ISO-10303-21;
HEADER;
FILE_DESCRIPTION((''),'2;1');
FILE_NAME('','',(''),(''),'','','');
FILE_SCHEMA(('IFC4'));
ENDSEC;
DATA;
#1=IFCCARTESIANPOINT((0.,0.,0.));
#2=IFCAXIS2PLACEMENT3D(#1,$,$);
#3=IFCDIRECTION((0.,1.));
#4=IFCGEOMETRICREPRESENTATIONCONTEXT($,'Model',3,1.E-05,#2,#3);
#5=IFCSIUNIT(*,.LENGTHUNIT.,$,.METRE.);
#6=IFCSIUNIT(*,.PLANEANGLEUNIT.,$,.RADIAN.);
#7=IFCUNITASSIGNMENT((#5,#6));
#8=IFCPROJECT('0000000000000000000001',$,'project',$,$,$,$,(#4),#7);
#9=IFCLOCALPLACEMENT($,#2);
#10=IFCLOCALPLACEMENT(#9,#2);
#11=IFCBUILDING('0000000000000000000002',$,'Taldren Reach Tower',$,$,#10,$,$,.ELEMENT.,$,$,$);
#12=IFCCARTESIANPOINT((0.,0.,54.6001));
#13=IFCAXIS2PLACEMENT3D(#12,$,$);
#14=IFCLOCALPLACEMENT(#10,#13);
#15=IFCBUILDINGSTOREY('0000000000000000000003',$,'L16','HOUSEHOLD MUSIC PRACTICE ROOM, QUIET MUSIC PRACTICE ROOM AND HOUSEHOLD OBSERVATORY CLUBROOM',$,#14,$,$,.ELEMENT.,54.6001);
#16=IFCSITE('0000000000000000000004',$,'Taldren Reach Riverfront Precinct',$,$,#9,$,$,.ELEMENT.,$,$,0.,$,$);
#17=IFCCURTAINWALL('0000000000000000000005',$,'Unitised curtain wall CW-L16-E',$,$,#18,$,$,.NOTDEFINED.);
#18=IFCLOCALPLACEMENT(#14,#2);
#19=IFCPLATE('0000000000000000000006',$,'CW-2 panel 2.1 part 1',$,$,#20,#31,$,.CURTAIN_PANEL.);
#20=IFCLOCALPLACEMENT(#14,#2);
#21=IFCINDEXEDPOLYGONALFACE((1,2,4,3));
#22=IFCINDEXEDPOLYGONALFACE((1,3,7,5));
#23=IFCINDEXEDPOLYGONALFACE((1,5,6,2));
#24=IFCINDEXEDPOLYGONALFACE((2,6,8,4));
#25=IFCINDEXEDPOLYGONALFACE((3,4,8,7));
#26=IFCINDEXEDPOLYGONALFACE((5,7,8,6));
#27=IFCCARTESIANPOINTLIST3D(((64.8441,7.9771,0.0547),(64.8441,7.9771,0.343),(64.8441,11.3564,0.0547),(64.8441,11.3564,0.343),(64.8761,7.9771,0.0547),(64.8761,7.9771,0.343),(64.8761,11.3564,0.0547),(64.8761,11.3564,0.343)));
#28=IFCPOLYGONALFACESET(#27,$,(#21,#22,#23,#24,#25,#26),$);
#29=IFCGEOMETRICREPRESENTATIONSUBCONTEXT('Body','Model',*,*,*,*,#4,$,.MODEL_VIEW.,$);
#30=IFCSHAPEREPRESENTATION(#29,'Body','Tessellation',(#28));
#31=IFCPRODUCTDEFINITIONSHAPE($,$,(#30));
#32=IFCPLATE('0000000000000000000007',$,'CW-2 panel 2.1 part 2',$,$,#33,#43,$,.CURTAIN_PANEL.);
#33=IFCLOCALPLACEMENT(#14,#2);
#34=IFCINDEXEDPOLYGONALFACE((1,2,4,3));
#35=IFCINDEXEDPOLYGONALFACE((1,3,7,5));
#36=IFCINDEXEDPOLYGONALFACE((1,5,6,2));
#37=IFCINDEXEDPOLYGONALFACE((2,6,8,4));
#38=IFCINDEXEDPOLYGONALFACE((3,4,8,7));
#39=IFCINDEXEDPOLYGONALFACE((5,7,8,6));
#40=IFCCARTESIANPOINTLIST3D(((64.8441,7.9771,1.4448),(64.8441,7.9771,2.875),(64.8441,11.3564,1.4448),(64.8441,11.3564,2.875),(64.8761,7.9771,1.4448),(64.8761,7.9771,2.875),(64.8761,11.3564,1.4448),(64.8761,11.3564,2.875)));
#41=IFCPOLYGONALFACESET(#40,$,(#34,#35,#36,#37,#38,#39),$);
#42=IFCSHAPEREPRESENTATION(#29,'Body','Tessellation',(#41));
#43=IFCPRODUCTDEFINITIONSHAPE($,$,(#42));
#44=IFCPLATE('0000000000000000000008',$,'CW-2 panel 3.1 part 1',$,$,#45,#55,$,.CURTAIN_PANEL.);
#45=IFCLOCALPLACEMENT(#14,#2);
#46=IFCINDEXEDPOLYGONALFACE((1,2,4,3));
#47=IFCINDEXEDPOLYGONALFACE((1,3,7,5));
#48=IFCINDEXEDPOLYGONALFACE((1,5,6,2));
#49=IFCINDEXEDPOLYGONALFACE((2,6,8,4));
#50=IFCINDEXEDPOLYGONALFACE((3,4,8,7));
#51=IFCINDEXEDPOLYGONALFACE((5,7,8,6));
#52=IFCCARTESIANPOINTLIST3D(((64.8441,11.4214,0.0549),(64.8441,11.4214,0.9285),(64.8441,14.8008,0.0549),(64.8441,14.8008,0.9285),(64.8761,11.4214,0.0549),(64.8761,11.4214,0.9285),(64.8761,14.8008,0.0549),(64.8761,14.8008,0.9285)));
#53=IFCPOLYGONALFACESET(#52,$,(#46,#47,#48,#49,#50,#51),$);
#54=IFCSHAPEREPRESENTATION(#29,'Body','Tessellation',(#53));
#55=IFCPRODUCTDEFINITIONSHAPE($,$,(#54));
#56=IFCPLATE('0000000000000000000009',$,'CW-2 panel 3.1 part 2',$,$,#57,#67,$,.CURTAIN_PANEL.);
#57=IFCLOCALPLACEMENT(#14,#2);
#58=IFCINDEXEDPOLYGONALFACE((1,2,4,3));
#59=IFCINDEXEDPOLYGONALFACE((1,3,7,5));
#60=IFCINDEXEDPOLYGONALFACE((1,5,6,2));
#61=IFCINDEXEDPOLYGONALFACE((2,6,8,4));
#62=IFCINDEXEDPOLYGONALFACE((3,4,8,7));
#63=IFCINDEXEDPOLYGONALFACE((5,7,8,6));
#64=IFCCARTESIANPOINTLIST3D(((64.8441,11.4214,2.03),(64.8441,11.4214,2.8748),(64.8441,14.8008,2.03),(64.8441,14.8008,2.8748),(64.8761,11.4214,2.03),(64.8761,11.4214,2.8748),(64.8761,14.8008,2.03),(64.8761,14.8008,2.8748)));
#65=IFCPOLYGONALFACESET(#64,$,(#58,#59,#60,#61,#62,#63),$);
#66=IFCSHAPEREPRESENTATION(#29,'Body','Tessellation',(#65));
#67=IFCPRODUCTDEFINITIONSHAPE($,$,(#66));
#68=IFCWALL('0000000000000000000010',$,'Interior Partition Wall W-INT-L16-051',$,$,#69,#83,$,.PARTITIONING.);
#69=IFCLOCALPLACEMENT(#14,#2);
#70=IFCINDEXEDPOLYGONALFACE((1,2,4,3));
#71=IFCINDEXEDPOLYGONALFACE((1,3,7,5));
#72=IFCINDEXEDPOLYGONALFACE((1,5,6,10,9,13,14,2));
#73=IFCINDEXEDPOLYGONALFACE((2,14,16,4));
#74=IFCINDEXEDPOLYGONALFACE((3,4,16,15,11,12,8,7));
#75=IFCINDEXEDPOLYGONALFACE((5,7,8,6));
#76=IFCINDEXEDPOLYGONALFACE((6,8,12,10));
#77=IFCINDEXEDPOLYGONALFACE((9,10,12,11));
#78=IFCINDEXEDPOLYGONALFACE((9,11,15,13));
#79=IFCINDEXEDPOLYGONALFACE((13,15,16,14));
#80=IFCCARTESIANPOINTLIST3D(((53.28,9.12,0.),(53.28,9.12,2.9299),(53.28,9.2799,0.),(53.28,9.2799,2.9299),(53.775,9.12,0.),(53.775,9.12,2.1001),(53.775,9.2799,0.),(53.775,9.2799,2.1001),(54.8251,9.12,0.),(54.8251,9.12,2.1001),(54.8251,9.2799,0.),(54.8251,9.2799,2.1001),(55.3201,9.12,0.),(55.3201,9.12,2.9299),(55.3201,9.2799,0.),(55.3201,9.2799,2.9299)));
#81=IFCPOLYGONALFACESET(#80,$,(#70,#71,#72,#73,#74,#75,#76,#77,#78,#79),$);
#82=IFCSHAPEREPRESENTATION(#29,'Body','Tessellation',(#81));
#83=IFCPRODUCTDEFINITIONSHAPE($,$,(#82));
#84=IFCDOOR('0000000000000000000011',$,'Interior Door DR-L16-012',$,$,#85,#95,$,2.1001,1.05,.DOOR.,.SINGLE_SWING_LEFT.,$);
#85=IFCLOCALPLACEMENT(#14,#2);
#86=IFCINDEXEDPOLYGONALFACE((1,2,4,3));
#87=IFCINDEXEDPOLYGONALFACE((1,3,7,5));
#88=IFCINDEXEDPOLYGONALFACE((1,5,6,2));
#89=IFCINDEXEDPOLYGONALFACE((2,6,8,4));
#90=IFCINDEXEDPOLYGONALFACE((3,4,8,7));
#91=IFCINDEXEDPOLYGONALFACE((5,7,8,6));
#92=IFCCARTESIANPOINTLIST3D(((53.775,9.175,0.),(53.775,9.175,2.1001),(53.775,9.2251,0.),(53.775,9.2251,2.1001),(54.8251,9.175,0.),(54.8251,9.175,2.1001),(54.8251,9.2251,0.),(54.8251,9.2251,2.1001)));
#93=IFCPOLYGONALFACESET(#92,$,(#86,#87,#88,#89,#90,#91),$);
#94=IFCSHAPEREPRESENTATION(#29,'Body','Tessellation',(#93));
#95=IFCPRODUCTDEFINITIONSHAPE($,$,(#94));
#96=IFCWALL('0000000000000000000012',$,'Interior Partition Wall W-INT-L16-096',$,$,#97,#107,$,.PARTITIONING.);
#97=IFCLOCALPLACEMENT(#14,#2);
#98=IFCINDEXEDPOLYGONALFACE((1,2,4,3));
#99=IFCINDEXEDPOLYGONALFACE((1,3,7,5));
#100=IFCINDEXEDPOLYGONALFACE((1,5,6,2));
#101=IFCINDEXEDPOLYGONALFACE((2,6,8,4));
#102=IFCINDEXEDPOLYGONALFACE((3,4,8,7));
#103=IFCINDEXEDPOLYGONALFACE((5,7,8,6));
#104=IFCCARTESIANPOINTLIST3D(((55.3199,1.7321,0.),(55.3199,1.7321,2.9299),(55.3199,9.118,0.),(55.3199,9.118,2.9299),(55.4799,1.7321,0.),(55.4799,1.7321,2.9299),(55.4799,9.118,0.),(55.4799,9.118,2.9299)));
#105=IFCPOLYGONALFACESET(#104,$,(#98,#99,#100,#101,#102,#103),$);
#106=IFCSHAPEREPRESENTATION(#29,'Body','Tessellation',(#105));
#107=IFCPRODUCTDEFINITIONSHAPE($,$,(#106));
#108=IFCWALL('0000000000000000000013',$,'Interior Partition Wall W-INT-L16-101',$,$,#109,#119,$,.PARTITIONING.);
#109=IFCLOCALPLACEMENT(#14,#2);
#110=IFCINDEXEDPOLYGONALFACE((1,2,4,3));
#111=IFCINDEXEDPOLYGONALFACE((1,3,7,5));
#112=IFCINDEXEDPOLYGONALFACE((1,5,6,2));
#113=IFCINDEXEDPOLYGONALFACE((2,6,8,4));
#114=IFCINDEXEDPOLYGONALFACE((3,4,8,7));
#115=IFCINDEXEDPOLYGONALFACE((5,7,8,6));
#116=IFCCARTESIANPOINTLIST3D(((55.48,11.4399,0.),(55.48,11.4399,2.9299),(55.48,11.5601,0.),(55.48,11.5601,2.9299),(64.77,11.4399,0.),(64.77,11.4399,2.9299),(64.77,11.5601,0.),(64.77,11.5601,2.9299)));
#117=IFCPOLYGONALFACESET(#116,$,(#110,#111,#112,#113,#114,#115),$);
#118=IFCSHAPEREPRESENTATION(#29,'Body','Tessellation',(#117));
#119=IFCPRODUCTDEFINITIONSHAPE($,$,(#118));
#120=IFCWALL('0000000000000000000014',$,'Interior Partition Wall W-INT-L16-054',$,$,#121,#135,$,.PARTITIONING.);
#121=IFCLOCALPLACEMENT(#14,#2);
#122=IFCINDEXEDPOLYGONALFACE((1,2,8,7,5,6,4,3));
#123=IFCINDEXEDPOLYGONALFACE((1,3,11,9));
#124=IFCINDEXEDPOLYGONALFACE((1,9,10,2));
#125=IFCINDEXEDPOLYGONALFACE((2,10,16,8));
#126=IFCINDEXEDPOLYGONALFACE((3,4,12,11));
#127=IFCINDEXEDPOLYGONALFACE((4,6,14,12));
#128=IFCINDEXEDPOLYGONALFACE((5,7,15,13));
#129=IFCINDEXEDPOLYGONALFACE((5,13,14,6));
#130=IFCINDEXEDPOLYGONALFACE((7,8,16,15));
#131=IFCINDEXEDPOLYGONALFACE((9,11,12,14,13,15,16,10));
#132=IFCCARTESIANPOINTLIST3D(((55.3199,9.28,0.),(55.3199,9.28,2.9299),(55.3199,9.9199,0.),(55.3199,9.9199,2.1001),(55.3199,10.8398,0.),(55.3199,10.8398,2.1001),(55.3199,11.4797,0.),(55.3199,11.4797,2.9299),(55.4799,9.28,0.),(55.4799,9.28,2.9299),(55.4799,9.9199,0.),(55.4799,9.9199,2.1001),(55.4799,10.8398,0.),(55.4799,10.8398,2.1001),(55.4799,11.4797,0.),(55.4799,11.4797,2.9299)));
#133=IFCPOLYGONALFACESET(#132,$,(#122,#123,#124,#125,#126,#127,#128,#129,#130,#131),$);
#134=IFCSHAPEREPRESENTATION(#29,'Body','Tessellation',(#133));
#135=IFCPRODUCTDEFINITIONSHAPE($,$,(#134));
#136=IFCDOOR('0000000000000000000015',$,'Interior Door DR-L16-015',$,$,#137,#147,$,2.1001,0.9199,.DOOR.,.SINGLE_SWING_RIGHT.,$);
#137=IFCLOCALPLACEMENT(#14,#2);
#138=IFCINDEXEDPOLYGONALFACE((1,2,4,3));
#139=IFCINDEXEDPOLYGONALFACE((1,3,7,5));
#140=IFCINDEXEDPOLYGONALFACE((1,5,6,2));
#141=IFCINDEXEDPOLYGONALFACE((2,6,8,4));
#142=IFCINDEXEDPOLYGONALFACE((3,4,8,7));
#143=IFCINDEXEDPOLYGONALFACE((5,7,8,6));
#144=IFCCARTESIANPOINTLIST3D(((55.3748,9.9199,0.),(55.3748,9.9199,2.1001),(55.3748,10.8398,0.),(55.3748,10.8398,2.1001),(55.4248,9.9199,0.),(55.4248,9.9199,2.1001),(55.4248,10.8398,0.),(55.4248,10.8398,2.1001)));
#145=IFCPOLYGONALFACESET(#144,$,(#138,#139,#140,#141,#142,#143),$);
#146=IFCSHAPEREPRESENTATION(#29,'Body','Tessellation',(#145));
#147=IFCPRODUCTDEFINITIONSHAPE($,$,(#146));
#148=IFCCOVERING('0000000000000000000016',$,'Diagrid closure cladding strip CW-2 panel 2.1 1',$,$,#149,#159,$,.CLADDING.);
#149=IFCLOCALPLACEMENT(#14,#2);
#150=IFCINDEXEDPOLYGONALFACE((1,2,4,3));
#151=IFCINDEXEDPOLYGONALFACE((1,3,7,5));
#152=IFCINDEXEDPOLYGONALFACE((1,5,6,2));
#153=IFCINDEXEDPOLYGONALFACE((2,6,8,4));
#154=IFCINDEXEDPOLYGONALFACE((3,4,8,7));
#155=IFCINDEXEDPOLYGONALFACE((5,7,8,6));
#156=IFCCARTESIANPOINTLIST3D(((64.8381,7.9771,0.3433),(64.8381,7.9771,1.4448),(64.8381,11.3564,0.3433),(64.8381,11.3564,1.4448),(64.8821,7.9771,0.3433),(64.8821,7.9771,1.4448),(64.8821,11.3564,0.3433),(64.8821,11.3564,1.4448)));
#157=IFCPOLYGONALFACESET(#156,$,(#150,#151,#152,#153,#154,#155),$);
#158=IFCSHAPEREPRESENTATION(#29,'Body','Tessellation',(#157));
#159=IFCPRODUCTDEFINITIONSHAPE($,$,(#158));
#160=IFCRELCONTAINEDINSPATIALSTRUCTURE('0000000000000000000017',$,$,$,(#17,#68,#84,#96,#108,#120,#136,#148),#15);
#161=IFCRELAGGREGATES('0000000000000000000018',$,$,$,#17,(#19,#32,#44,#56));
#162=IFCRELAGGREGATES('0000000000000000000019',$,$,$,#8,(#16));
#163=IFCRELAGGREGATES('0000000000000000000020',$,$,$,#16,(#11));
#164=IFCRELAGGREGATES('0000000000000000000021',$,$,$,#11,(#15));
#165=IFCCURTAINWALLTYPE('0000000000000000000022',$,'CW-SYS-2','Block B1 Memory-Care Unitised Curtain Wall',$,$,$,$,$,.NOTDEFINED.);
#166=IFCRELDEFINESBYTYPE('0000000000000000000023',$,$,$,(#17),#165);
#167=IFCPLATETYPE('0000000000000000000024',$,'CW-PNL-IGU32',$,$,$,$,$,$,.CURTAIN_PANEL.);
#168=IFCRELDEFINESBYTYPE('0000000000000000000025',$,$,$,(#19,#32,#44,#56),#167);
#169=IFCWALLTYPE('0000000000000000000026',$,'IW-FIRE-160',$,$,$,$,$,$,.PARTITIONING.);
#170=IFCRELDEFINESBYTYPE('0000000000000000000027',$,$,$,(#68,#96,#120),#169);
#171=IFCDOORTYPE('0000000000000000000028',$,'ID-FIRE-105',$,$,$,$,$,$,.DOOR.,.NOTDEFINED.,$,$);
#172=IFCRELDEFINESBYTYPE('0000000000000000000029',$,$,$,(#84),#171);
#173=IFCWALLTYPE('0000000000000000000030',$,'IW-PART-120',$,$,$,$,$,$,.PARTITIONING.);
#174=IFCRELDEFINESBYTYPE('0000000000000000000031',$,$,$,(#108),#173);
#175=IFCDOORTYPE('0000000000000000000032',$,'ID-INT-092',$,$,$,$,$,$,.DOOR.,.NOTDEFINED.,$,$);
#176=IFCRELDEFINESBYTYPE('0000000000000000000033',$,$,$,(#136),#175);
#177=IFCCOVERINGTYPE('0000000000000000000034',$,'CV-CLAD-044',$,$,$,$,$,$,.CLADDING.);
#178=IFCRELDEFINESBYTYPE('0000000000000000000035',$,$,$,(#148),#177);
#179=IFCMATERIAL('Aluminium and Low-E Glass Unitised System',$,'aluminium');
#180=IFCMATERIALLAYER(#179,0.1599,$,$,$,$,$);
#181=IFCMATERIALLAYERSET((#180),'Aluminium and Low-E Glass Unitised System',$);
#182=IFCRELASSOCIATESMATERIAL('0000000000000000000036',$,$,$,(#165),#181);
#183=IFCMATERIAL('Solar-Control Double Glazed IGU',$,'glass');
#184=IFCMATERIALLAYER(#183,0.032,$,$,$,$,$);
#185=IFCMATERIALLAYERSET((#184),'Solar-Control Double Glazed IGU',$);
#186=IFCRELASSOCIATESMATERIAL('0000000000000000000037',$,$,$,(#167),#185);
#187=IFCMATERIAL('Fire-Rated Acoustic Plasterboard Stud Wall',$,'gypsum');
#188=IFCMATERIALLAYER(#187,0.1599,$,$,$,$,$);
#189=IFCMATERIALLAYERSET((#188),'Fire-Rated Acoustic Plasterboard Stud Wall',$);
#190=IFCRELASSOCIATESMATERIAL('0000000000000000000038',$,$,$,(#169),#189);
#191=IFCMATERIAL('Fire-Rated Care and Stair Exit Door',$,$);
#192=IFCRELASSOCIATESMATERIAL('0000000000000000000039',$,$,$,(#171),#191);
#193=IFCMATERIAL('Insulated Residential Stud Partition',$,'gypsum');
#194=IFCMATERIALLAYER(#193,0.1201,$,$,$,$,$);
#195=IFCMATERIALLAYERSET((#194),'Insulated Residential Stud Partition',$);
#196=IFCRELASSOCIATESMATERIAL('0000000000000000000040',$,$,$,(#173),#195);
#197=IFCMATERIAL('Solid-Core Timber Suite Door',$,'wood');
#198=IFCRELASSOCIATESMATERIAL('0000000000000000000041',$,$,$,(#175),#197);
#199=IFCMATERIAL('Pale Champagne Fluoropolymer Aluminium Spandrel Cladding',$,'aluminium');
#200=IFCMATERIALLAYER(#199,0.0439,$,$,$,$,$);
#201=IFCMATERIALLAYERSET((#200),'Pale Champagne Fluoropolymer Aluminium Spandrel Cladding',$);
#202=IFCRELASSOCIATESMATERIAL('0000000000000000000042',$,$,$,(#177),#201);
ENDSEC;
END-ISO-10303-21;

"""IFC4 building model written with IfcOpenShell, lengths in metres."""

from ifc_helpers import new_model, si_unit, direction, frame, frame_2d, origin, origin_2d, place, context, subcontext, project, spatial, rectangle, extrude, source, transform, mapped, material, layer, layer_set, type_object, element, fill, aggregate, save


model = new_model("IFC4")

# Units and contexts
model_context = context("Model", 3, precision=1e-05, world=origin(), true_north=direction((0.0, 1.0)))
body_context = subcontext(model_context, "Body", "Model", "MODEL_VIEW")
ifc_project = project(units=[si_unit("LENGTHUNIT", "METRE"), si_unit("PLANEANGLEUNIT", "RADIAN")], contexts=[model_context])

# Site, building, storey
site_placement = place(None, origin())
site = spatial("IfcSite", under=ifc_project, at=site_placement, Name="Taldren Reach Riverfront Precinct", CompositionType="ELEMENT", RefElevation=0.0)
building_placement = place(site_placement, origin())
building = spatial("IfcBuilding", under=site, at=building_placement, Name="Taldren Reach Tower", CompositionType="ELEMENT")
storey_placement = place(building_placement, frame((0.0, 0.0, 54.6001)))
storey = spatial("IfcBuildingStorey", under=building, at=storey_placement, Name="L16", Description="HOUSEHOLD MUSIC PRACTICE ROOM, QUIET MUSIC PRACTICE ROOM AND HOUSEHOLD OBSERVATORY CLUBROOM", CompositionType="ELEMENT", Elevation=54.6001)

# Curtain wall, plates
ifc_material_1 = material(Name="Aluminium and Low-E Glass Unitised System", Category="aluminium")
ifc_layer_1 = layer(ifc_material_1, 0.1599)
ifc_layer_set_1 = layer_set([ifc_layer_1], Name="Aluminium and Low-E Glass Unitised System")
curtain_wall_type = type_object("IfcCurtainWallType", Name="CW-SYS-2", Description="Block B1 Memory-Care Unitised Curtain Wall", PredefinedType="NOTDEFINED", material=ifc_layer_set_1)
curtain_wall_placement = place(storey_placement, origin())
curtain_wall = element("IfcCurtainWall", 1, at=curtain_wall_placement, inside=storey, type_object=curtain_wall_type, Name="Unitised curtain wall CW-L16-E", PredefinedType="NOTDEFINED")
ifc_material_2 = material(Name="Solar-Control Double Glazed IGU", Category="glass")
ifc_layer_2 = layer(ifc_material_2, 0.032)
ifc_layer_set_2 = layer_set([ifc_layer_2], Name="Solar-Control Double Glazed IGU")
plate_type = type_object("IfcPlateType", Name="CW-PNL-IGU32", PredefinedType="CURTAIN_PANEL", material=ifc_layer_set_2)
shared_shape_1 = source(origin(), body_context, "Body", "SweptSolid", [
    extrude(rectangle(XDim=3.3794, YDim=0.032, at=origin_2d()), origin(), (0.0, 0.0, 1.0), 0.2883),
])
plate_1_placement = place(storey_placement, frame((64.8601, 9.6667, 0.0547), z_axis=(0.0, 0.0, 1.0), x_axis=(0.0, 1.0, 0.0)))
plate_1 = element("IfcPlate", 2, at=plate_1_placement, type_object=plate_type, Name="CW-2 panel 2.1 part 1", PredefinedType="CURTAIN_PANEL", context=body_context, shape_type="MappedRepresentation", body=[
    mapped(shared_shape_1, transform((0.0, 0.0, 0.0), scale=1.0)),
])
shared_shape_2 = source(origin(), body_context, "Body", "SweptSolid", [
    extrude(rectangle(XDim=3.3794, YDim=0.032, at=origin_2d()), origin(), (0.0, 0.0, 1.0), 1.4302),
])
plate_2_placement = place(storey_placement, frame((64.8601, 9.6667, 1.4448), z_axis=(0.0, 0.0, 1.0), x_axis=(0.0, 1.0, 0.0)))
plate_2 = element("IfcPlate", 3, at=plate_2_placement, type_object=plate_type, Name="CW-2 panel 2.1 part 2", PredefinedType="CURTAIN_PANEL", context=body_context, shape_type="MappedRepresentation", body=[
    mapped(shared_shape_2, transform((0.0, 0.0, 0.0), scale=1.0)),
])
shared_shape_3 = source(origin(), body_context, "Body", "SweptSolid", [
    extrude(rectangle(XDim=3.3794, YDim=0.032, at=origin_2d()), origin(), (0.0, 0.0, 1.0), 0.8735),
])
plate_3_placement = place(storey_placement, frame((64.8601, 13.1111, 0.0549), z_axis=(0.0, 0.0, 1.0), x_axis=(0.0, 1.0, 0.0)))
plate_3 = element("IfcPlate", 4, at=plate_3_placement, type_object=plate_type, Name="CW-2 panel 3.1 part 1", PredefinedType="CURTAIN_PANEL", context=body_context, shape_type="MappedRepresentation", body=[
    mapped(shared_shape_3, transform((0.0, 0.0, 0.0), scale=1.0)),
])
shared_shape_4 = source(origin(), body_context, "Body", "SweptSolid", [
    extrude(rectangle(XDim=3.3794, YDim=0.032, at=origin_2d()), origin(), (0.0, 0.0, 1.0), 0.8447),
])
plate_4_placement = place(storey_placement, frame((64.8601, 13.1111, 2.03), z_axis=(0.0, 0.0, 1.0), x_axis=(0.0, 1.0, 0.0)))
plate_4 = element("IfcPlate", 5, at=plate_4_placement, type_object=plate_type, Name="CW-2 panel 3.1 part 2", PredefinedType="CURTAIN_PANEL", context=body_context, shape_type="MappedRepresentation", body=[
    mapped(shared_shape_4, transform((0.0, 0.0, 0.0), scale=1.0)),
])
aggregate(curtain_wall, [plate_1, plate_2, plate_3, plate_4])

# Wall, opening, door
ifc_material_3 = material(Name="Fire-Rated Acoustic Plasterboard Stud Wall", Category="gypsum")
ifc_layer_3 = layer(ifc_material_3, 0.1599)
ifc_layer_set_3 = layer_set([ifc_layer_3], Name="Fire-Rated Acoustic Plasterboard Stud Wall")
wall_type_1 = type_object("IfcWallType", Name="IW-FIRE-160", PredefinedType="PARTITIONING", material=ifc_layer_set_3)
shared_shape_5 = source(origin(), body_context, "Body", "SweptSolid", [
    extrude(rectangle(XDim=2.04, YDim=0.1599, at=frame_2d((1.02, 0.0))), origin(), (0.0, 0.0, 1.0), 2.9299),
])
wall_1_placement = place(storey_placement, frame((55.3201, 9.2, 0.0), z_axis=(0.0, 0.0, 1.0), x_axis=(-1.0, 0.0, 0.0)))
wall_1 = element("IfcWall", 6, at=wall_1_placement, inside=storey, type_object=wall_type_1, Name="Interior Partition Wall W-INT-L16-051", PredefinedType="PARTITIONING", context=body_context, shape_type="MappedRepresentation", body=[
    mapped(shared_shape_5, transform((0.0, 0.0, 0.0), scale=1.0)),
])
shared_shape_6 = source(origin(), body_context, "Body", "SweptSolid", [
    extrude(rectangle(XDim=1.05, YDim=2.1001, at=frame_2d((0.5249, 1.05))), frame((0.0, 0.0898, 0.0), z_axis=(0.0, -1.0, 0.0), x_axis=(1.0, 0.0, 0.0)), (0.0, 0.0, 1.0), 0.1799),
])
opening_1_placement = place(wall_1_placement, frame((0.4951, 0.0, 0.0)))
opening_1 = element("IfcOpeningElement", 7, at=opening_1_placement, cuts=wall_1, PredefinedType="OPENING", context=body_context, shape_type="MappedRepresentation", body=[
    mapped(shared_shape_6, transform((0.0, 0.0, 0.0), scale=1.0)),
])
ifc_material_4 = material(Name="Fire-Rated Care and Stair Exit Door")
door_type_1 = type_object("IfcDoorType", Name="ID-FIRE-105", OperationType="NOTDEFINED", PredefinedType="DOOR", material=ifc_material_4)
shared_shape_7 = source(origin(), body_context, "Body", "SweptSolid", [
    extrude(rectangle(XDim=1.05, YDim=2.1001, at=frame_2d((0.5249, 1.05))), frame((0.0, 0.0249, 0.0), z_axis=(0.0, -1.0, 0.0), x_axis=(1.0, 0.0, 0.0)), (0.0, 0.0, 1.0), 0.05),
])
door_1_placement = place(opening_1_placement, origin())
door_1 = element("IfcDoor", 8, at=door_1_placement, inside=storey, type_object=door_type_1, Name="Interior Door DR-L16-012", OperationType="SINGLE_SWING_LEFT", OverallHeight=2.1001, OverallWidth=1.05, PredefinedType="DOOR", context=body_context, shape_type="MappedRepresentation", body=[
    mapped(shared_shape_7, transform((0.0, 0.0, 0.0), scale=1.0)),
])
fill(opening_1, door_1)

# Walls
shared_shape_8 = source(origin(), body_context, "Body", "SweptSolid", [
    extrude(rectangle(XDim=7.386, YDim=0.1599, at=frame_2d((3.6929, 0.0))), origin(), (0.0, 0.0, 1.0), 2.9299),
])
wall_2_placement = place(storey_placement, frame((55.3999, 9.1179, 0.0), z_axis=(0.0, 0.0, 1.0), x_axis=(0.0, -1.0, 0.0)))
element("IfcWall", 9, at=wall_2_placement, inside=storey, type_object=wall_type_1, Name="Interior Partition Wall W-INT-L16-096", PredefinedType="PARTITIONING", context=body_context, shape_type="MappedRepresentation", body=[
    mapped(shared_shape_8, transform((0.0, 0.0, 0.0), scale=1.0)),
])
ifc_material_5 = material(Name="Insulated Residential Stud Partition", Category="gypsum")
ifc_layer_4 = layer(ifc_material_5, 0.1201)
ifc_layer_set_4 = layer_set([ifc_layer_4], Name="Insulated Residential Stud Partition")
wall_type_2 = type_object("IfcWallType", Name="IW-PART-120", PredefinedType="PARTITIONING", material=ifc_layer_set_4)
shared_shape_9 = source(origin(), body_context, "Body", "SweptSolid", [
    extrude(rectangle(XDim=9.29, YDim=0.1201, at=frame_2d((4.645, 0.0))), origin(), (0.0, 0.0, 1.0), 2.9299),
])
wall_3_placement = place(storey_placement, frame((55.48, 11.5, 0.0), z_axis=(0.0, 0.0, 1.0), x_axis=(1.0, 0.0, 0.0)))
element("IfcWall", 10, at=wall_3_placement, inside=storey, type_object=wall_type_2, Name="Interior Partition Wall W-INT-L16-101", PredefinedType="PARTITIONING", context=body_context, shape_type="MappedRepresentation", body=[
    mapped(shared_shape_9, transform((0.0, 0.0, 0.0), scale=1.0)),
])

# Wall, opening, door
shared_shape_10 = source(origin(), body_context, "Body", "SweptSolid", [
    extrude(rectangle(XDim=2.1997, YDim=0.1599, at=frame_2d((1.0999, 0.0))), origin(), (0.0, 0.0, 1.0), 2.9299),
])
wall_4_placement = place(storey_placement, frame((55.3999, 11.4797, 0.0), z_axis=(0.0, 0.0, 1.0), x_axis=(0.0, -1.0, 0.0)))
wall_4 = element("IfcWall", 11, at=wall_4_placement, inside=storey, type_object=wall_type_1, Name="Interior Partition Wall W-INT-L16-054", PredefinedType="PARTITIONING", context=body_context, shape_type="MappedRepresentation", body=[
    mapped(shared_shape_10, transform((0.0, 0.0, 0.0), scale=1.0)),
])
shared_shape_11 = source(origin(), body_context, "Body", "SweptSolid", [
    extrude(rectangle(XDim=0.9199, YDim=2.1001, at=frame_2d((0.46, 1.05))), frame((0.0, 0.0898, 0.0), z_axis=(0.0, -1.0, 0.0), x_axis=(1.0, 0.0, 0.0)), (0.0, 0.0, 1.0), 0.1799),
])
opening_2_placement = place(wall_4_placement, frame((0.6399, 0.0, 0.0)))
opening_2 = element("IfcOpeningElement", 12, at=opening_2_placement, cuts=wall_4, PredefinedType="OPENING", context=body_context, shape_type="MappedRepresentation", body=[
    mapped(shared_shape_11, transform((0.0, 0.0, 0.0), scale=1.0)),
])
ifc_material_6 = material(Name="Solid-Core Timber Suite Door", Category="wood")
door_type_2 = type_object("IfcDoorType", Name="ID-INT-092", OperationType="NOTDEFINED", PredefinedType="DOOR", material=ifc_material_6)
shared_shape_12 = source(origin(), body_context, "Body", "SweptSolid", [
    extrude(rectangle(XDim=0.9199, YDim=2.1001, at=frame_2d((0.46, 1.05))), frame((0.0, 0.0249, 0.0), z_axis=(0.0, -1.0, 0.0), x_axis=(1.0, 0.0, 0.0)), (0.0, 0.0, 1.0), 0.05),
])
door_2_placement = place(opening_2_placement, origin())
door_2 = element("IfcDoor", 13, at=door_2_placement, inside=storey, type_object=door_type_2, Name="Interior Door DR-L16-015", OperationType="SINGLE_SWING_RIGHT", OverallHeight=2.1001, OverallWidth=0.9199, PredefinedType="DOOR", context=body_context, shape_type="MappedRepresentation", body=[
    mapped(shared_shape_12, transform((0.0, 0.0, 0.0), scale=1.0)),
])
fill(opening_2, door_2)

# Covering
ifc_material_7 = material(Name="Pale Champagne Fluoropolymer Aluminium Spandrel Cladding", Category="aluminium")
ifc_layer_5 = layer(ifc_material_7, 0.0439)
ifc_layer_set_5 = layer_set([ifc_layer_5], Name="Pale Champagne Fluoropolymer Aluminium Spandrel Cladding")
covering_type = type_object("IfcCoveringType", Name="CV-CLAD-044", PredefinedType="CLADDING", material=ifc_layer_set_5)
shared_shape_13 = source(origin(), body_context, "Body", "SweptSolid", [
    extrude(rectangle(XDim=3.3794, YDim=0.0439, at=origin_2d()), origin(), (0.0, 0.0, 1.0), 1.1016),
])
for number, where, z_axis, x_axis, name in (
    (14, (64.8601, 9.6667, 0.3433), (0.0, 0.0, 1.0), (0.0, 1.0, 0.0), "Diagrid closure cladding strip CW-2 panel 2.1 1"),
):
    element("IfcCovering", number, at=place(storey_placement, frame(where, z_axis=z_axis, x_axis=x_axis)), inside=storey, type_object=covering_type, Name=name, PredefinedType="CLADDING", context=body_context, shape_type="MappedRepresentation", body=[
        mapped(shared_shape_13, transform((0.0, 0.0, 0.0), scale=1.0)),
    ])

save(model, "model.ifc")
